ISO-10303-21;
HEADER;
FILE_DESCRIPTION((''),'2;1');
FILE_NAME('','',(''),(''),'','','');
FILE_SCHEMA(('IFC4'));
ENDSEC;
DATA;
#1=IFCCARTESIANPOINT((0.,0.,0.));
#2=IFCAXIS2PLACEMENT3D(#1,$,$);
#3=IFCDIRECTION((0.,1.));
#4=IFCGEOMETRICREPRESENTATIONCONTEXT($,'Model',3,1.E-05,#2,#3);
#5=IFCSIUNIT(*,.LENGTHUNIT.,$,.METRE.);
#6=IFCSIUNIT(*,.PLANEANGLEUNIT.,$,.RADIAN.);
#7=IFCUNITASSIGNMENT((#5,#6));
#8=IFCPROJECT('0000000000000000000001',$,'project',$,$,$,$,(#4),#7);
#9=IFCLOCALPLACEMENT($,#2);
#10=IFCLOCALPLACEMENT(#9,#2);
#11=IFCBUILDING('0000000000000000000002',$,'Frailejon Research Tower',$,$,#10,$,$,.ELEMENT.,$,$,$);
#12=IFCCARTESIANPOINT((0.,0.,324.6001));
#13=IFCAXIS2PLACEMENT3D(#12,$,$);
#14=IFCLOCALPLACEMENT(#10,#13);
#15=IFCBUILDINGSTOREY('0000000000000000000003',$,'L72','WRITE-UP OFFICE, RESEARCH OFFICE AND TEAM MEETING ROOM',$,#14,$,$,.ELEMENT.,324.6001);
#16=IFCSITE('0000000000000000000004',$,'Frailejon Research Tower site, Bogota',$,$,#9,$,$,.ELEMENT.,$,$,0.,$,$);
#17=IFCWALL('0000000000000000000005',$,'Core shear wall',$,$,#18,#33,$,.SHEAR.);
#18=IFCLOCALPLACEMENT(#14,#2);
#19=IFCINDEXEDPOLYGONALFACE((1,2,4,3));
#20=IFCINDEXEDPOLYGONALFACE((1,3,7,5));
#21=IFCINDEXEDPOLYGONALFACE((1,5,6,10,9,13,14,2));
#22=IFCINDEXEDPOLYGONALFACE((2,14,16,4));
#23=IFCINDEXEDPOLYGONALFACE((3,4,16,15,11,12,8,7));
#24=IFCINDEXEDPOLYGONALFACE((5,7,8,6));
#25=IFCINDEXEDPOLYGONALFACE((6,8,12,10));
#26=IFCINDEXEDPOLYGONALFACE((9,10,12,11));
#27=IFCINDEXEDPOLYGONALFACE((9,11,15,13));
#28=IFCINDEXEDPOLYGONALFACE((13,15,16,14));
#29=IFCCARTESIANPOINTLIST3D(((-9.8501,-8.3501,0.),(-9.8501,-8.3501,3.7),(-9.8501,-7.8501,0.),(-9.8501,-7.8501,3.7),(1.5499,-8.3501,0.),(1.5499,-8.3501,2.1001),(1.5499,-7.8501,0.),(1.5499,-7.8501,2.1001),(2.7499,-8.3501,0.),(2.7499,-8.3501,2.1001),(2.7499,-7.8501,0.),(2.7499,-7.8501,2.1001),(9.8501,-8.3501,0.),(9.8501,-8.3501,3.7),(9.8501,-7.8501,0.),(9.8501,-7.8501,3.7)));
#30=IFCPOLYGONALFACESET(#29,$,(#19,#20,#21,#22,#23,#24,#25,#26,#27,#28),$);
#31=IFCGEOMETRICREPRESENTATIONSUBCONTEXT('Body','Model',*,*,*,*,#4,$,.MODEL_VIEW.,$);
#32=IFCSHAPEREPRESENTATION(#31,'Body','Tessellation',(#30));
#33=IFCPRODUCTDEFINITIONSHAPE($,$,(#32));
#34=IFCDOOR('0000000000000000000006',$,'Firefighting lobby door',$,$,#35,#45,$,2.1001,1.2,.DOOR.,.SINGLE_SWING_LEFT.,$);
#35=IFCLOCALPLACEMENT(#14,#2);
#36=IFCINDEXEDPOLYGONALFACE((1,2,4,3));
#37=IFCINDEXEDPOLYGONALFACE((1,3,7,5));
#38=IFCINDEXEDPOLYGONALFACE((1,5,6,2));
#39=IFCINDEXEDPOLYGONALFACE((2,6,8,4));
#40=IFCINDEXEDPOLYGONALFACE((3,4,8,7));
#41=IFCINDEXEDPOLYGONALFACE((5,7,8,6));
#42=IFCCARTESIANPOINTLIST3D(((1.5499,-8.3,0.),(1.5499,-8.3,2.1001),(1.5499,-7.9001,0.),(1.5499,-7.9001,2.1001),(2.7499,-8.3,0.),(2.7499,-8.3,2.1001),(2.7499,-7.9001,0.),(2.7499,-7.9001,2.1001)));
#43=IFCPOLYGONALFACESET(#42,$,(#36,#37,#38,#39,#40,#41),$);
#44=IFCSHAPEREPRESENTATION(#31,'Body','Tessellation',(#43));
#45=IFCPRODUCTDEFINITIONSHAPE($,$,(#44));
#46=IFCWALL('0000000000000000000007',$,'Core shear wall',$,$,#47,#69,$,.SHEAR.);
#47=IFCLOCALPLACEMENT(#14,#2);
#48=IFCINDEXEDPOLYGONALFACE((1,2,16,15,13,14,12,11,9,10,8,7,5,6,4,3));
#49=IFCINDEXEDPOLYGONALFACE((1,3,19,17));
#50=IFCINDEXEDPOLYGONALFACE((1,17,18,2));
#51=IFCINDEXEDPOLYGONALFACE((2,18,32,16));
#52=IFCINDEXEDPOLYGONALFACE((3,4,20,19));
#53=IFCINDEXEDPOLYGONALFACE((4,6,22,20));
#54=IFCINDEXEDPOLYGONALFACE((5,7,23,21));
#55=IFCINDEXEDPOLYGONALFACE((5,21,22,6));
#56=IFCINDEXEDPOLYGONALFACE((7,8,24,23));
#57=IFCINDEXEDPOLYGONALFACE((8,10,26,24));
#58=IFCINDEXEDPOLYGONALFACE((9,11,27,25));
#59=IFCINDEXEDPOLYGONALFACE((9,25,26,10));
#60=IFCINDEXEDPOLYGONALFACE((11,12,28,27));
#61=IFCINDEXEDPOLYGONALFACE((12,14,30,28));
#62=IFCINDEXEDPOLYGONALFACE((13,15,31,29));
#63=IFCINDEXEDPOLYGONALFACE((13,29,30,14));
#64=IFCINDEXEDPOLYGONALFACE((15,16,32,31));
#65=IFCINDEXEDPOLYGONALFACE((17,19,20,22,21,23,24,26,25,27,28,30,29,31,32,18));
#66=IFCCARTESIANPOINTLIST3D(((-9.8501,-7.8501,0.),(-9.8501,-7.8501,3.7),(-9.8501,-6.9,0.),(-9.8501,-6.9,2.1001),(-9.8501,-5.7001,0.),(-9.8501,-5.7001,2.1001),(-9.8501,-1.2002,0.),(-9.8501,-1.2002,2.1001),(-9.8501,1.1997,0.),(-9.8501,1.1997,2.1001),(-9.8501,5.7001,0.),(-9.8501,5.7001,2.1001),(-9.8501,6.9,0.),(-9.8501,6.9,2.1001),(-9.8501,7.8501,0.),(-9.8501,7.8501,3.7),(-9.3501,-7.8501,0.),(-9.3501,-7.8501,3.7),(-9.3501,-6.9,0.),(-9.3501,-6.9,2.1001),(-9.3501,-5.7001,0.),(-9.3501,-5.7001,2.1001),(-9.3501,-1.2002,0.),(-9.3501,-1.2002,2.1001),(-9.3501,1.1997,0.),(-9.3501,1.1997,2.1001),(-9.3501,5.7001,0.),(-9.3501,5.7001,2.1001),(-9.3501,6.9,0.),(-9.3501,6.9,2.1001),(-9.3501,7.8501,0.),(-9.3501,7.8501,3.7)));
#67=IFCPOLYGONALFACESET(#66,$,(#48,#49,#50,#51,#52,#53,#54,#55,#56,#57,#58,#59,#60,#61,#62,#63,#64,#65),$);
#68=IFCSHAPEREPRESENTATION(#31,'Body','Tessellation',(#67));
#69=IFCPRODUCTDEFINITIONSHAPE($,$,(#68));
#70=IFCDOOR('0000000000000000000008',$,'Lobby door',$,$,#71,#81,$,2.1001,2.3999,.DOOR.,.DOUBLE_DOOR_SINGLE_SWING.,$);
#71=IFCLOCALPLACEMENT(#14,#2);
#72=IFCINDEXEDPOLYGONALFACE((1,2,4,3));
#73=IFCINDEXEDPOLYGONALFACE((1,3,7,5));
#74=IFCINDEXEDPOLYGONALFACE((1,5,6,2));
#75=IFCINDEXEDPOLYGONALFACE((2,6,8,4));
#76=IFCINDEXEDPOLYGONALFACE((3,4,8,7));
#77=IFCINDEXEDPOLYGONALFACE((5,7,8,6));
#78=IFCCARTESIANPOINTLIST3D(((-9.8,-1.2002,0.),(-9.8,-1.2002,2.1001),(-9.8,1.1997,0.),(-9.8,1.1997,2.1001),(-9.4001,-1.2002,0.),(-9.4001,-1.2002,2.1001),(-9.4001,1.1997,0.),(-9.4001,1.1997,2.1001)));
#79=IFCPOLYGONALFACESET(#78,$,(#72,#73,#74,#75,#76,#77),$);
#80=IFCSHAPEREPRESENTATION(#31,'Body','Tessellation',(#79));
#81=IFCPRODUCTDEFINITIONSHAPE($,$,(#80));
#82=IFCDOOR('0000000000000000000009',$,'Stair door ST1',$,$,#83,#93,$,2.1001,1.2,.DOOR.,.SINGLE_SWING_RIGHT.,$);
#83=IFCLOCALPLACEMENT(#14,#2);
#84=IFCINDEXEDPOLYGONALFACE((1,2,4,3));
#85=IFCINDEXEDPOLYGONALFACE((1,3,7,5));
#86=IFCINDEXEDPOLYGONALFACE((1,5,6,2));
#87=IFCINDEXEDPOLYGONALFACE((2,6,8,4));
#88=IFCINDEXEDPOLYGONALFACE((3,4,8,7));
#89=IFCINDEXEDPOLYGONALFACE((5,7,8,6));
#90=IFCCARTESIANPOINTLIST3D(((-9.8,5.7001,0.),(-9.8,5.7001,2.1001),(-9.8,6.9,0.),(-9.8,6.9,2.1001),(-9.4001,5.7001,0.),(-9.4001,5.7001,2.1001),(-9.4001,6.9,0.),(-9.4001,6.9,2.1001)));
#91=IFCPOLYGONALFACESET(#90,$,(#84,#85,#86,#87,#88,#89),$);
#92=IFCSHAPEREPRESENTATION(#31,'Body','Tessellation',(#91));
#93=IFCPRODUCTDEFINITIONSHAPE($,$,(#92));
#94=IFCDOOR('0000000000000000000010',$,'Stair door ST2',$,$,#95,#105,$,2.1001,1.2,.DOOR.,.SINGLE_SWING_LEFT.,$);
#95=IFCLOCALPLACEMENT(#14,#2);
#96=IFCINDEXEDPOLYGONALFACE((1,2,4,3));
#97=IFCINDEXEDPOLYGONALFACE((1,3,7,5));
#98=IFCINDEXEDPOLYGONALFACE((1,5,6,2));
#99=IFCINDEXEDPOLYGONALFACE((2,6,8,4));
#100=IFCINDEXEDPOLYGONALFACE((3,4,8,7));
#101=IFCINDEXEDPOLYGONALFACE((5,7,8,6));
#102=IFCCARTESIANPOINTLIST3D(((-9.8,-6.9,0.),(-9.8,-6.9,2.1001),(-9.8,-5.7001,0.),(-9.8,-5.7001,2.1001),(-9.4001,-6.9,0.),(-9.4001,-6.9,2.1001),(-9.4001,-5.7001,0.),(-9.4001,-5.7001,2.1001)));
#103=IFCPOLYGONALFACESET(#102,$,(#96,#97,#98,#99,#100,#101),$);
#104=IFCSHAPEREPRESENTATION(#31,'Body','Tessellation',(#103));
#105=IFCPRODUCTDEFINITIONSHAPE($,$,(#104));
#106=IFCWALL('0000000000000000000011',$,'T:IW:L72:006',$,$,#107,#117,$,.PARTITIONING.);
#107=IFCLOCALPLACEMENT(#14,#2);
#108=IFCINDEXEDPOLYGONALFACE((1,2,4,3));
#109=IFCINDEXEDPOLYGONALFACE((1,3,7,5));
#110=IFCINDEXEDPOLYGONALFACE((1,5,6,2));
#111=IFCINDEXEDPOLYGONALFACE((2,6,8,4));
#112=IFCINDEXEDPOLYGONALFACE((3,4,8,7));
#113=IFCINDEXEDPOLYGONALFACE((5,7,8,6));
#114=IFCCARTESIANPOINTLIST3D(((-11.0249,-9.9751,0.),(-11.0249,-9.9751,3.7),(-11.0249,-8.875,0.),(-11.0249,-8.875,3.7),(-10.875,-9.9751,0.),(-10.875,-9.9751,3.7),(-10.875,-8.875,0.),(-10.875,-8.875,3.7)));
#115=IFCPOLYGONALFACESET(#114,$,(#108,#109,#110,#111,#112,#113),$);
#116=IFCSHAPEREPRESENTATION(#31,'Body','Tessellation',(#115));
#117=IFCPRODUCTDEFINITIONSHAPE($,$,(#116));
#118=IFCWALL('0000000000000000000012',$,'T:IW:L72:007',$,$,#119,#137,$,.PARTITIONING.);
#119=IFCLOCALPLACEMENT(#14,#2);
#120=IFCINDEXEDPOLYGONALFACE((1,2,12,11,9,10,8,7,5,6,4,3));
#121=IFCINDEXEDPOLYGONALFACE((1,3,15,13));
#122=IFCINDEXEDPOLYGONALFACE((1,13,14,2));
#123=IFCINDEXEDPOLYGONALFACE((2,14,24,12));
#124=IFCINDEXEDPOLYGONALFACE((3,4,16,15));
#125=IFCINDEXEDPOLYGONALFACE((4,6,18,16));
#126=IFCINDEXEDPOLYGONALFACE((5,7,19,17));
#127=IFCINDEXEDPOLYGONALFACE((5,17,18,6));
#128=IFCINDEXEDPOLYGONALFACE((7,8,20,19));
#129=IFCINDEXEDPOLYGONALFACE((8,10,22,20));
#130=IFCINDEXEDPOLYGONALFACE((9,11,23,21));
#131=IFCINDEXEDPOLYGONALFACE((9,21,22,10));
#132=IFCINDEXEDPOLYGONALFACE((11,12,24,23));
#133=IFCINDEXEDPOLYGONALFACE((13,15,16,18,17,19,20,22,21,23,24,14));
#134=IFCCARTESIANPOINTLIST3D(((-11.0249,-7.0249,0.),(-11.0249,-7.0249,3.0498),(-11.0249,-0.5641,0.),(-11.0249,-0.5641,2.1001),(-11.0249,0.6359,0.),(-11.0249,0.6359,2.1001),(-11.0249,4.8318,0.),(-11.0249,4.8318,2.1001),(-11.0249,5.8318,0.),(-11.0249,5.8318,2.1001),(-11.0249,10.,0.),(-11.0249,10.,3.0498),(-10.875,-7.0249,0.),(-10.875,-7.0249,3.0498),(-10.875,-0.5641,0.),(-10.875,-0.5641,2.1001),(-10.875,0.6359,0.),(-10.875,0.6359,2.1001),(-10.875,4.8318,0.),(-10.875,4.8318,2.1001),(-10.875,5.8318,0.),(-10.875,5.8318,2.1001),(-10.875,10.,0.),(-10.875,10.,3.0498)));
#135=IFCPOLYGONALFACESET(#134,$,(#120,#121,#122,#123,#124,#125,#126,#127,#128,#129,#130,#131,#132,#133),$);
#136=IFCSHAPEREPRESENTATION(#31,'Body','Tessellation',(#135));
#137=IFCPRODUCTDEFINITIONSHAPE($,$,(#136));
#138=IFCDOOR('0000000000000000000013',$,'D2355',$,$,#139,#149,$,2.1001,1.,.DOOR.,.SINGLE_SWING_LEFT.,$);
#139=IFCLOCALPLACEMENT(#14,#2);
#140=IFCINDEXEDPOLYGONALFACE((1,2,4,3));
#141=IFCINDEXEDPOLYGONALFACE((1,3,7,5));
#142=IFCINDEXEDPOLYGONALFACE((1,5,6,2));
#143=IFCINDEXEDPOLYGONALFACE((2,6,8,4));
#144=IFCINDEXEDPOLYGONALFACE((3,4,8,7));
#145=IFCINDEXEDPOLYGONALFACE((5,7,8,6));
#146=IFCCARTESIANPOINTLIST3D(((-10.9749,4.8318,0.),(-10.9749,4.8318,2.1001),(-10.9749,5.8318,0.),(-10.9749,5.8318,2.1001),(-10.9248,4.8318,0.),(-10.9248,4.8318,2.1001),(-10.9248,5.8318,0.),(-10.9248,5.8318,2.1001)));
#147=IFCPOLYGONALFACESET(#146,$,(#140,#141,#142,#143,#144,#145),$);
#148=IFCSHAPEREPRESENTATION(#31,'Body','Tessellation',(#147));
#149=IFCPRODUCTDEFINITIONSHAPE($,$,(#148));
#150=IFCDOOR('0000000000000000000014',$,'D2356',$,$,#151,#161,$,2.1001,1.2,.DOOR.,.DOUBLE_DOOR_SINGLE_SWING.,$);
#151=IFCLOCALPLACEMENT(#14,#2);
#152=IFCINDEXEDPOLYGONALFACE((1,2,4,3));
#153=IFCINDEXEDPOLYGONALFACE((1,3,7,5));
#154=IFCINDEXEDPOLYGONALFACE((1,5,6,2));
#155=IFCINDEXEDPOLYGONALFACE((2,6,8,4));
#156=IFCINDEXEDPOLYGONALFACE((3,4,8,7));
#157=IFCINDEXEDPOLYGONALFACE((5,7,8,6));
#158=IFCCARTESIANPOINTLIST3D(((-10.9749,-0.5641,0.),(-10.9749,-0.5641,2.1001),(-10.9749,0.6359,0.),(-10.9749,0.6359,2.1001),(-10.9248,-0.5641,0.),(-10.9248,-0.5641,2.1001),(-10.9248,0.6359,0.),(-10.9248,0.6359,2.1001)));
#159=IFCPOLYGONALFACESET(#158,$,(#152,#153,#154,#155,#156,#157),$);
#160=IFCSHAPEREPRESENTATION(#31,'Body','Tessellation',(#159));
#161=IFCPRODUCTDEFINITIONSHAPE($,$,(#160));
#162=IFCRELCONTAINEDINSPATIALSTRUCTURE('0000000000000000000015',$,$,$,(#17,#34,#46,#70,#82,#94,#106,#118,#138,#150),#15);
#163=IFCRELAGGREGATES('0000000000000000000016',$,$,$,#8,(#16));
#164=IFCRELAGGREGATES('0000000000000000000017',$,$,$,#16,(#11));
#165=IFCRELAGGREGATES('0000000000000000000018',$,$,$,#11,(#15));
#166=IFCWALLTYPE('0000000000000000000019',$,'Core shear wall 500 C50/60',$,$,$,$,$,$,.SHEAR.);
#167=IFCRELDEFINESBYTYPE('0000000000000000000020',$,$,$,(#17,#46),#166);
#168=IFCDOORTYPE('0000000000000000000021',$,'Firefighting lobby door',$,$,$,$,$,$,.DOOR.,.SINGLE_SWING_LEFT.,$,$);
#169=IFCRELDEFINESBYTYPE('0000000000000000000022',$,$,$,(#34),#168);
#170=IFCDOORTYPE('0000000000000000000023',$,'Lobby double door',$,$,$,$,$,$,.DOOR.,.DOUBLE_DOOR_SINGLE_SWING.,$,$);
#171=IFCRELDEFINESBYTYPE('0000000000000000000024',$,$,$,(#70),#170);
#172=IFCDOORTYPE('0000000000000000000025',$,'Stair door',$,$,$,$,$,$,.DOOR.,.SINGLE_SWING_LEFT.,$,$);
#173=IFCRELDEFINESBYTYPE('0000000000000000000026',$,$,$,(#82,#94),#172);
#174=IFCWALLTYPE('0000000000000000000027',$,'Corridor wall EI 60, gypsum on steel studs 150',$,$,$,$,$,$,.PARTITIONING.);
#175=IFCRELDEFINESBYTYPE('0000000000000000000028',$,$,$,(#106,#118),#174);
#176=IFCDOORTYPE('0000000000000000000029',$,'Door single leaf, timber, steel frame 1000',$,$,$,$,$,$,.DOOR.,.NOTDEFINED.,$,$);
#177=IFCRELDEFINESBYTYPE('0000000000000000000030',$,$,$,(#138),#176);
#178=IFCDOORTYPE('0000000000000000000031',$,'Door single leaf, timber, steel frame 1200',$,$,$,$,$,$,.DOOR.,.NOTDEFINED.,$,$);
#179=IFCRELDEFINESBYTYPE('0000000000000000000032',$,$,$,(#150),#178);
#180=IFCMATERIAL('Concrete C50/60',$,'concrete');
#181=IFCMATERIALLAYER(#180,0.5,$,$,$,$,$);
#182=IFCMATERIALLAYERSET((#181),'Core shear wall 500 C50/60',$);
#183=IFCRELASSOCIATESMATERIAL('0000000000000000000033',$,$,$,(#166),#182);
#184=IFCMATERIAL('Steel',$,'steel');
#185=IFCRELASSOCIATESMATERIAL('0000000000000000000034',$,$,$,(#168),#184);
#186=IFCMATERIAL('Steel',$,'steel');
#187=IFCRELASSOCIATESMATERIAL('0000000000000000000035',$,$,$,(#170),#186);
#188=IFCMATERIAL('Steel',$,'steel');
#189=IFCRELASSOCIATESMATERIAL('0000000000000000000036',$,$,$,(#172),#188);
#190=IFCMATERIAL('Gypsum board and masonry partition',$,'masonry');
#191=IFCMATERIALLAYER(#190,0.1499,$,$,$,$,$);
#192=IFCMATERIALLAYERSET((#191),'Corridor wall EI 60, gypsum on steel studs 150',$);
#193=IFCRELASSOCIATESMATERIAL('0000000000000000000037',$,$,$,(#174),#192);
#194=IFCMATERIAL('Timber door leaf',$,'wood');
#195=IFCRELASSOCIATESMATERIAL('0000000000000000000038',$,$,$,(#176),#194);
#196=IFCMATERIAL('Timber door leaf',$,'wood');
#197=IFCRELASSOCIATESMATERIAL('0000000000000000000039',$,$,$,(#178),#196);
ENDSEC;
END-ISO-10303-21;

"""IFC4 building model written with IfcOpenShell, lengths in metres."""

from ifc_helpers import new_model, si_unit, direction, frame, frame_2d, origin, place, context, subcontext, project, spatial, rectangle, extrude, material, layer, layer_set, type_object, element, fill, save


model = new_model("IFC4")

# Units and contexts
model_context = context("Model", 3, precision=1e-05, world=origin(), true_north=direction((0.0, 1.0)))
body_context = subcontext(model_context, "Body", "Model", "MODEL_VIEW")
ifc_project = project(units=[si_unit("LENGTHUNIT", "METRE"), si_unit("PLANEANGLEUNIT", "RADIAN")], contexts=[model_context])

# Site, building, storey
site_placement = place(None, origin())
site = spatial("IfcSite", under=ifc_project, at=site_placement, Name="Frailejon Research Tower site, Bogota", CompositionType="ELEMENT", RefElevation=0.0)
building_placement = place(site_placement, origin())
building = spatial("IfcBuilding", under=site, at=building_placement, Name="Frailejon Research Tower", CompositionType="ELEMENT")
storey_placement = place(building_placement, frame((0.0, 0.0, 324.6001)))
storey = spatial("IfcBuildingStorey", under=building, at=storey_placement, Name="L72", Description="WRITE-UP OFFICE, RESEARCH OFFICE AND TEAM MEETING ROOM", CompositionType="ELEMENT", Elevation=324.6001)

# Wall, opening, door
ifc_material_1 = material(Name="Concrete C50/60", Category="concrete")
ifc_layer_1 = layer(ifc_material_1, 0.5)
ifc_layer_set_1 = layer_set([ifc_layer_1], Name="Core shear wall 500 C50/60")
wall_type_1 = type_object("IfcWallType", Name="Core shear wall 500 C50/60", PredefinedType="SHEAR", material=ifc_layer_set_1)
wall_1_placement = place(storey_placement, frame((-9.8501, -8.1001, 0.0), z_axis=(0.0, 0.0, 1.0), x_axis=(1.0, 0.0, 0.0)))
wall_1 = element("IfcWall", 1, at=wall_1_placement, inside=storey, type_object=wall_type_1, Name="Core shear wall", PredefinedType="SHEAR", context=body_context, shape_type="SweptSolid", body=[
    extrude(rectangle(XDim=19.7002, YDim=0.5, at=frame_2d((9.8501, 0.0))), origin(), (0.0, 0.0, 1.0), 3.7),
])
opening_1_placement = place(wall_1_placement, frame((11.3999, 0.0, 0.0)))
opening_1 = element("IfcOpeningElement", 2, at=opening_1_placement, cuts=wall_1, PredefinedType="OPENING", context=body_context, shape_type="SweptSolid", body=[
    extrude(rectangle(XDim=1.2, YDim=2.1001, at=frame_2d((0.6001, 1.05))), frame((0.0, 0.26, 0.0), z_axis=(0.0, -1.0, 0.0), x_axis=(1.0, 0.0, 0.0)), (0.0, 0.0, 1.0), 0.52),
])
ifc_material_2 = material(Name="Steel", Category="steel")
door_type_1 = type_object("IfcDoorType", Name="Firefighting lobby door", OperationType="SINGLE_SWING_LEFT", PredefinedType="DOOR", material=ifc_material_2)
door_1_placement = place(opening_1_placement, origin())
door_1 = element("IfcDoor", 3, at=door_1_placement, inside=storey, type_object=door_type_1, Name="Firefighting lobby door", OperationType="SINGLE_SWING_LEFT", OverallHeight=2.1001, OverallWidth=1.2, PredefinedType="DOOR", context=body_context, shape_type="SweptSolid", body=[
    extrude(rectangle(XDim=1.2, YDim=2.1001, at=frame_2d((0.6001, 1.05))), frame((0.0, 0.2, 0.0), z_axis=(0.0, -1.0, 0.0), x_axis=(1.0, 0.0, 0.0)), (0.0, 0.0, 1.0), 0.3999),
])
fill(opening_1, door_1)

# Wall, openings, doors
wall_2_placement = place(storey_placement, frame((-9.6001, -7.8501, 0.0), z_axis=(0.0, 0.0, 1.0), x_axis=(0.0, 1.0, 0.0)))
wall_2 = element("IfcWall", 4, at=wall_2_placement, inside=storey, type_object=wall_type_1, Name="Core shear wall", PredefinedType="SHEAR", context=body_context, shape_type="SweptSolid", body=[
    extrude(rectangle(XDim=15.7002, YDim=0.5, at=frame_2d((7.8501, 0.0))), origin(), (0.0, 0.0, 1.0), 3.7),
])
opening_2_placement = place(wall_2_placement, frame((6.6499, 0.0, 0.0)))
opening_2 = element("IfcOpeningElement", 5, at=opening_2_placement, cuts=wall_2, PredefinedType="OPENING", context=body_context, shape_type="SweptSolid", body=[
    extrude(rectangle(XDim=2.3999, YDim=2.1001, at=frame_2d((1.2, 1.05))), frame((0.0, 0.26, 0.0), z_axis=(0.0, -1.0, 0.0), x_axis=(1.0, 0.0, 0.0)), (0.0, 0.0, 1.0), 0.52),
])
opening_3_placement = place(wall_2_placement, frame((13.55, 0.0, 0.0)))
opening_3 = element("IfcOpeningElement", 6, at=opening_3_placement, cuts=wall_2, PredefinedType="OPENING", context=body_context, shape_type="SweptSolid", body=[
    extrude(rectangle(XDim=1.2, YDim=2.1001, at=frame_2d((0.6001, 1.05))), frame((0.0, 0.26, 0.0), z_axis=(0.0, -1.0, 0.0), x_axis=(1.0, 0.0, 0.0)), (0.0, 0.0, 1.0), 0.52),
])
opening_4_placement = place(wall_2_placement, frame((0.95, 0.0, 0.0)))
opening_4 = element("IfcOpeningElement", 7, at=opening_4_placement, cuts=wall_2, PredefinedType="OPENING", context=body_context, shape_type="SweptSolid", body=[
    extrude(rectangle(XDim=1.2, YDim=2.1001, at=frame_2d((0.6001, 1.05))), frame((0.0, 0.26, 0.0), z_axis=(0.0, -1.0, 0.0), x_axis=(1.0, 0.0, 0.0)), (0.0, 0.0, 1.0), 0.52),
])
ifc_material_3 = material(Name="Steel", Category="steel")
door_type_2 = type_object("IfcDoorType", Name="Lobby double door", OperationType="DOUBLE_DOOR_SINGLE_SWING", PredefinedType="DOOR", material=ifc_material_3)
door_2_placement = place(opening_2_placement, origin())
door_2 = element("IfcDoor", 8, at=door_2_placement, inside=storey, type_object=door_type_2, Name="Lobby door", OperationType="DOUBLE_DOOR_SINGLE_SWING", OverallHeight=2.1001, OverallWidth=2.3999, PredefinedType="DOOR", context=body_context, shape_type="SweptSolid", body=[
    extrude(rectangle(XDim=2.3999, YDim=2.1001, at=frame_2d((1.2, 1.05))), frame((0.0, 0.2, 0.0), z_axis=(0.0, -1.0, 0.0), x_axis=(1.0, 0.0, 0.0)), (0.0, 0.0, 1.0), 0.3999),
])
fill(opening_2, door_2)
ifc_material_4 = material(Name="Steel", Category="steel")
door_type_3 = type_object("IfcDoorType", Name="Stair door", OperationType="SINGLE_SWING_LEFT", PredefinedType="DOOR", material=ifc_material_4)
door_3_placement = place(opening_3_placement, origin())
door_3 = element("IfcDoor", 9, at=door_3_placement, inside=storey, type_object=door_type_3, Name="Stair door ST1", OperationType="SINGLE_SWING_RIGHT", OverallHeight=2.1001, OverallWidth=1.2, PredefinedType="DOOR", context=body_context, shape_type="SweptSolid", body=[
    extrude(rectangle(XDim=1.2, YDim=2.1001, at=frame_2d((0.6001, 1.05))), frame((0.0, 0.2, 0.0), z_axis=(0.0, -1.0, 0.0), x_axis=(1.0, 0.0, 0.0)), (0.0, 0.0, 1.0), 0.3999),
])
fill(opening_3, door_3)
door_4_placement = place(opening_4_placement, origin())
door_4 = element("IfcDoor", 10, at=door_4_placement, inside=storey, type_object=door_type_3, Name="Stair door ST2", OperationType="SINGLE_SWING_LEFT", OverallHeight=2.1001, OverallWidth=1.2, PredefinedType="DOOR", context=body_context, shape_type="SweptSolid", body=[
    extrude(rectangle(XDim=1.2, YDim=2.1001, at=frame_2d((0.6001, 1.05))), frame((0.0, 0.2, 0.0), z_axis=(0.0, -1.0, 0.0), x_axis=(1.0, 0.0, 0.0)), (0.0, 0.0, 1.0), 0.3999),
])
fill(opening_4, door_4)

# Wall
ifc_material_5 = material(Name="Gypsum board and masonry partition", Category="masonry")
ifc_layer_2 = layer(ifc_material_5, 0.1499)
ifc_layer_set_2 = layer_set([ifc_layer_2], Name="Corridor wall EI 60, gypsum on steel studs 150")
wall_type_2 = type_object("IfcWallType", Name="Corridor wall EI 60, gypsum on steel studs 150", PredefinedType="PARTITIONING", material=ifc_layer_set_2)
wall_3_placement = place(storey_placement, frame((-10.95, -9.9751, 0.0), z_axis=(0.0, 0.0, 1.0), x_axis=(0.0, 1.0, 0.0)))
element("IfcWall", 11, at=wall_3_placement, inside=storey, type_object=wall_type_2, Name="T:IW:L72:006", PredefinedType="PARTITIONING", context=body_context, shape_type="SweptSolid", body=[
    extrude(rectangle(XDim=1.1001, YDim=0.1499, at=frame_2d((0.55, 0.0))), origin(), (0.0, 0.0, 1.0), 3.7),
])

# Wall, openings, doors
wall_4_placement = place(storey_placement, frame((-10.95, -7.0249, 0.0), z_axis=(0.0, 0.0, 1.0), x_axis=(0.0, 1.0, 0.0)))
wall_4 = element("IfcWall", 12, at=wall_4_placement, inside=storey, type_object=wall_type_2, Name="T:IW:L72:007", PredefinedType="PARTITIONING", context=body_context, shape_type="SweptSolid", body=[
    extrude(rectangle(XDim=17.0249, YDim=0.1499, at=frame_2d((8.5125, 0.0))), origin(), (0.0, 0.0, 1.0), 3.0498),
])
opening_5_placement = place(wall_4_placement, frame((11.8567, 0.0, 0.0)))
opening_5 = element("IfcOpeningElement", 13, at=opening_5_placement, cuts=wall_4, PredefinedType="OPENING", context=body_context, shape_type="SweptSolid", body=[
    extrude(rectangle(XDim=1.0, YDim=2.1001, at=frame_2d((0.5, 1.05))), frame((0.0, 0.085, 0.0), z_axis=(0.0, -1.0, 0.0), x_axis=(1.0, 0.0, 0.0)), (0.0, 0.0, 1.0), 0.1699),
])
opening_6_placement = place(wall_4_placement, frame((6.4607, 0.0, 0.0)))
opening_6 = element("IfcOpeningElement", 14, at=opening_6_placement, cuts=wall_4, PredefinedType="OPENING", context=body_context, shape_type="SweptSolid", body=[
    extrude(rectangle(XDim=1.2, YDim=2.1001, at=frame_2d((0.6001, 1.05))), frame((0.0, 0.085, 0.0), z_axis=(0.0, -1.0, 0.0), x_axis=(1.0, 0.0, 0.0)), (0.0, 0.0, 1.0), 0.1699),
])
ifc_material_6 = material(Name="Timber door leaf", Category="wood")
door_type_4 = type_object("IfcDoorType", Name="Door single leaf, timber, steel frame 1000", OperationType="NOTDEFINED", PredefinedType="DOOR", material=ifc_material_6)
door_5_placement = place(opening_5_placement, origin())
door_5 = element("IfcDoor", 15, at=door_5_placement, inside=storey, type_object=door_type_4, Name="D2355", OperationType="SINGLE_SWING_LEFT", OverallHeight=2.1001, OverallWidth=1.0, PredefinedType="DOOR", context=body_context, shape_type="SweptSolid", body=[
    extrude(rectangle(XDim=1.0, YDim=2.1001, at=frame_2d((0.5, 1.05))), frame((0.0, 0.0249, 0.0), z_axis=(0.0, -1.0, 0.0), x_axis=(1.0, 0.0, 0.0)), (0.0, 0.0, 1.0), 0.05),
])
fill(opening_5, door_5)
ifc_material_7 = material(Name="Timber door leaf", Category="wood")
door_type_5 = type_object("IfcDoorType", Name="Door single leaf, timber, steel frame 1200", OperationType="NOTDEFINED", PredefinedType="DOOR", material=ifc_material_7)
door_6_placement = place(opening_6_placement, origin())
door_6 = element("IfcDoor", 16, at=door_6_placement, inside=storey, type_object=door_type_5, Name="D2356", OperationType="DOUBLE_DOOR_SINGLE_SWING", OverallHeight=2.1001, OverallWidth=1.2, PredefinedType="DOOR", context=body_context, shape_type="SweptSolid", body=[
    extrude(rectangle(XDim=1.2, YDim=2.1001, at=frame_2d((0.6001, 1.05))), frame((0.0, 0.0249, 0.0), z_axis=(0.0, -1.0, 0.0), x_axis=(1.0, 0.0, 0.0)), (0.0, 0.0, 1.0), 0.05),
])
fill(opening_6, door_6)

save(model, "model.ifc")
